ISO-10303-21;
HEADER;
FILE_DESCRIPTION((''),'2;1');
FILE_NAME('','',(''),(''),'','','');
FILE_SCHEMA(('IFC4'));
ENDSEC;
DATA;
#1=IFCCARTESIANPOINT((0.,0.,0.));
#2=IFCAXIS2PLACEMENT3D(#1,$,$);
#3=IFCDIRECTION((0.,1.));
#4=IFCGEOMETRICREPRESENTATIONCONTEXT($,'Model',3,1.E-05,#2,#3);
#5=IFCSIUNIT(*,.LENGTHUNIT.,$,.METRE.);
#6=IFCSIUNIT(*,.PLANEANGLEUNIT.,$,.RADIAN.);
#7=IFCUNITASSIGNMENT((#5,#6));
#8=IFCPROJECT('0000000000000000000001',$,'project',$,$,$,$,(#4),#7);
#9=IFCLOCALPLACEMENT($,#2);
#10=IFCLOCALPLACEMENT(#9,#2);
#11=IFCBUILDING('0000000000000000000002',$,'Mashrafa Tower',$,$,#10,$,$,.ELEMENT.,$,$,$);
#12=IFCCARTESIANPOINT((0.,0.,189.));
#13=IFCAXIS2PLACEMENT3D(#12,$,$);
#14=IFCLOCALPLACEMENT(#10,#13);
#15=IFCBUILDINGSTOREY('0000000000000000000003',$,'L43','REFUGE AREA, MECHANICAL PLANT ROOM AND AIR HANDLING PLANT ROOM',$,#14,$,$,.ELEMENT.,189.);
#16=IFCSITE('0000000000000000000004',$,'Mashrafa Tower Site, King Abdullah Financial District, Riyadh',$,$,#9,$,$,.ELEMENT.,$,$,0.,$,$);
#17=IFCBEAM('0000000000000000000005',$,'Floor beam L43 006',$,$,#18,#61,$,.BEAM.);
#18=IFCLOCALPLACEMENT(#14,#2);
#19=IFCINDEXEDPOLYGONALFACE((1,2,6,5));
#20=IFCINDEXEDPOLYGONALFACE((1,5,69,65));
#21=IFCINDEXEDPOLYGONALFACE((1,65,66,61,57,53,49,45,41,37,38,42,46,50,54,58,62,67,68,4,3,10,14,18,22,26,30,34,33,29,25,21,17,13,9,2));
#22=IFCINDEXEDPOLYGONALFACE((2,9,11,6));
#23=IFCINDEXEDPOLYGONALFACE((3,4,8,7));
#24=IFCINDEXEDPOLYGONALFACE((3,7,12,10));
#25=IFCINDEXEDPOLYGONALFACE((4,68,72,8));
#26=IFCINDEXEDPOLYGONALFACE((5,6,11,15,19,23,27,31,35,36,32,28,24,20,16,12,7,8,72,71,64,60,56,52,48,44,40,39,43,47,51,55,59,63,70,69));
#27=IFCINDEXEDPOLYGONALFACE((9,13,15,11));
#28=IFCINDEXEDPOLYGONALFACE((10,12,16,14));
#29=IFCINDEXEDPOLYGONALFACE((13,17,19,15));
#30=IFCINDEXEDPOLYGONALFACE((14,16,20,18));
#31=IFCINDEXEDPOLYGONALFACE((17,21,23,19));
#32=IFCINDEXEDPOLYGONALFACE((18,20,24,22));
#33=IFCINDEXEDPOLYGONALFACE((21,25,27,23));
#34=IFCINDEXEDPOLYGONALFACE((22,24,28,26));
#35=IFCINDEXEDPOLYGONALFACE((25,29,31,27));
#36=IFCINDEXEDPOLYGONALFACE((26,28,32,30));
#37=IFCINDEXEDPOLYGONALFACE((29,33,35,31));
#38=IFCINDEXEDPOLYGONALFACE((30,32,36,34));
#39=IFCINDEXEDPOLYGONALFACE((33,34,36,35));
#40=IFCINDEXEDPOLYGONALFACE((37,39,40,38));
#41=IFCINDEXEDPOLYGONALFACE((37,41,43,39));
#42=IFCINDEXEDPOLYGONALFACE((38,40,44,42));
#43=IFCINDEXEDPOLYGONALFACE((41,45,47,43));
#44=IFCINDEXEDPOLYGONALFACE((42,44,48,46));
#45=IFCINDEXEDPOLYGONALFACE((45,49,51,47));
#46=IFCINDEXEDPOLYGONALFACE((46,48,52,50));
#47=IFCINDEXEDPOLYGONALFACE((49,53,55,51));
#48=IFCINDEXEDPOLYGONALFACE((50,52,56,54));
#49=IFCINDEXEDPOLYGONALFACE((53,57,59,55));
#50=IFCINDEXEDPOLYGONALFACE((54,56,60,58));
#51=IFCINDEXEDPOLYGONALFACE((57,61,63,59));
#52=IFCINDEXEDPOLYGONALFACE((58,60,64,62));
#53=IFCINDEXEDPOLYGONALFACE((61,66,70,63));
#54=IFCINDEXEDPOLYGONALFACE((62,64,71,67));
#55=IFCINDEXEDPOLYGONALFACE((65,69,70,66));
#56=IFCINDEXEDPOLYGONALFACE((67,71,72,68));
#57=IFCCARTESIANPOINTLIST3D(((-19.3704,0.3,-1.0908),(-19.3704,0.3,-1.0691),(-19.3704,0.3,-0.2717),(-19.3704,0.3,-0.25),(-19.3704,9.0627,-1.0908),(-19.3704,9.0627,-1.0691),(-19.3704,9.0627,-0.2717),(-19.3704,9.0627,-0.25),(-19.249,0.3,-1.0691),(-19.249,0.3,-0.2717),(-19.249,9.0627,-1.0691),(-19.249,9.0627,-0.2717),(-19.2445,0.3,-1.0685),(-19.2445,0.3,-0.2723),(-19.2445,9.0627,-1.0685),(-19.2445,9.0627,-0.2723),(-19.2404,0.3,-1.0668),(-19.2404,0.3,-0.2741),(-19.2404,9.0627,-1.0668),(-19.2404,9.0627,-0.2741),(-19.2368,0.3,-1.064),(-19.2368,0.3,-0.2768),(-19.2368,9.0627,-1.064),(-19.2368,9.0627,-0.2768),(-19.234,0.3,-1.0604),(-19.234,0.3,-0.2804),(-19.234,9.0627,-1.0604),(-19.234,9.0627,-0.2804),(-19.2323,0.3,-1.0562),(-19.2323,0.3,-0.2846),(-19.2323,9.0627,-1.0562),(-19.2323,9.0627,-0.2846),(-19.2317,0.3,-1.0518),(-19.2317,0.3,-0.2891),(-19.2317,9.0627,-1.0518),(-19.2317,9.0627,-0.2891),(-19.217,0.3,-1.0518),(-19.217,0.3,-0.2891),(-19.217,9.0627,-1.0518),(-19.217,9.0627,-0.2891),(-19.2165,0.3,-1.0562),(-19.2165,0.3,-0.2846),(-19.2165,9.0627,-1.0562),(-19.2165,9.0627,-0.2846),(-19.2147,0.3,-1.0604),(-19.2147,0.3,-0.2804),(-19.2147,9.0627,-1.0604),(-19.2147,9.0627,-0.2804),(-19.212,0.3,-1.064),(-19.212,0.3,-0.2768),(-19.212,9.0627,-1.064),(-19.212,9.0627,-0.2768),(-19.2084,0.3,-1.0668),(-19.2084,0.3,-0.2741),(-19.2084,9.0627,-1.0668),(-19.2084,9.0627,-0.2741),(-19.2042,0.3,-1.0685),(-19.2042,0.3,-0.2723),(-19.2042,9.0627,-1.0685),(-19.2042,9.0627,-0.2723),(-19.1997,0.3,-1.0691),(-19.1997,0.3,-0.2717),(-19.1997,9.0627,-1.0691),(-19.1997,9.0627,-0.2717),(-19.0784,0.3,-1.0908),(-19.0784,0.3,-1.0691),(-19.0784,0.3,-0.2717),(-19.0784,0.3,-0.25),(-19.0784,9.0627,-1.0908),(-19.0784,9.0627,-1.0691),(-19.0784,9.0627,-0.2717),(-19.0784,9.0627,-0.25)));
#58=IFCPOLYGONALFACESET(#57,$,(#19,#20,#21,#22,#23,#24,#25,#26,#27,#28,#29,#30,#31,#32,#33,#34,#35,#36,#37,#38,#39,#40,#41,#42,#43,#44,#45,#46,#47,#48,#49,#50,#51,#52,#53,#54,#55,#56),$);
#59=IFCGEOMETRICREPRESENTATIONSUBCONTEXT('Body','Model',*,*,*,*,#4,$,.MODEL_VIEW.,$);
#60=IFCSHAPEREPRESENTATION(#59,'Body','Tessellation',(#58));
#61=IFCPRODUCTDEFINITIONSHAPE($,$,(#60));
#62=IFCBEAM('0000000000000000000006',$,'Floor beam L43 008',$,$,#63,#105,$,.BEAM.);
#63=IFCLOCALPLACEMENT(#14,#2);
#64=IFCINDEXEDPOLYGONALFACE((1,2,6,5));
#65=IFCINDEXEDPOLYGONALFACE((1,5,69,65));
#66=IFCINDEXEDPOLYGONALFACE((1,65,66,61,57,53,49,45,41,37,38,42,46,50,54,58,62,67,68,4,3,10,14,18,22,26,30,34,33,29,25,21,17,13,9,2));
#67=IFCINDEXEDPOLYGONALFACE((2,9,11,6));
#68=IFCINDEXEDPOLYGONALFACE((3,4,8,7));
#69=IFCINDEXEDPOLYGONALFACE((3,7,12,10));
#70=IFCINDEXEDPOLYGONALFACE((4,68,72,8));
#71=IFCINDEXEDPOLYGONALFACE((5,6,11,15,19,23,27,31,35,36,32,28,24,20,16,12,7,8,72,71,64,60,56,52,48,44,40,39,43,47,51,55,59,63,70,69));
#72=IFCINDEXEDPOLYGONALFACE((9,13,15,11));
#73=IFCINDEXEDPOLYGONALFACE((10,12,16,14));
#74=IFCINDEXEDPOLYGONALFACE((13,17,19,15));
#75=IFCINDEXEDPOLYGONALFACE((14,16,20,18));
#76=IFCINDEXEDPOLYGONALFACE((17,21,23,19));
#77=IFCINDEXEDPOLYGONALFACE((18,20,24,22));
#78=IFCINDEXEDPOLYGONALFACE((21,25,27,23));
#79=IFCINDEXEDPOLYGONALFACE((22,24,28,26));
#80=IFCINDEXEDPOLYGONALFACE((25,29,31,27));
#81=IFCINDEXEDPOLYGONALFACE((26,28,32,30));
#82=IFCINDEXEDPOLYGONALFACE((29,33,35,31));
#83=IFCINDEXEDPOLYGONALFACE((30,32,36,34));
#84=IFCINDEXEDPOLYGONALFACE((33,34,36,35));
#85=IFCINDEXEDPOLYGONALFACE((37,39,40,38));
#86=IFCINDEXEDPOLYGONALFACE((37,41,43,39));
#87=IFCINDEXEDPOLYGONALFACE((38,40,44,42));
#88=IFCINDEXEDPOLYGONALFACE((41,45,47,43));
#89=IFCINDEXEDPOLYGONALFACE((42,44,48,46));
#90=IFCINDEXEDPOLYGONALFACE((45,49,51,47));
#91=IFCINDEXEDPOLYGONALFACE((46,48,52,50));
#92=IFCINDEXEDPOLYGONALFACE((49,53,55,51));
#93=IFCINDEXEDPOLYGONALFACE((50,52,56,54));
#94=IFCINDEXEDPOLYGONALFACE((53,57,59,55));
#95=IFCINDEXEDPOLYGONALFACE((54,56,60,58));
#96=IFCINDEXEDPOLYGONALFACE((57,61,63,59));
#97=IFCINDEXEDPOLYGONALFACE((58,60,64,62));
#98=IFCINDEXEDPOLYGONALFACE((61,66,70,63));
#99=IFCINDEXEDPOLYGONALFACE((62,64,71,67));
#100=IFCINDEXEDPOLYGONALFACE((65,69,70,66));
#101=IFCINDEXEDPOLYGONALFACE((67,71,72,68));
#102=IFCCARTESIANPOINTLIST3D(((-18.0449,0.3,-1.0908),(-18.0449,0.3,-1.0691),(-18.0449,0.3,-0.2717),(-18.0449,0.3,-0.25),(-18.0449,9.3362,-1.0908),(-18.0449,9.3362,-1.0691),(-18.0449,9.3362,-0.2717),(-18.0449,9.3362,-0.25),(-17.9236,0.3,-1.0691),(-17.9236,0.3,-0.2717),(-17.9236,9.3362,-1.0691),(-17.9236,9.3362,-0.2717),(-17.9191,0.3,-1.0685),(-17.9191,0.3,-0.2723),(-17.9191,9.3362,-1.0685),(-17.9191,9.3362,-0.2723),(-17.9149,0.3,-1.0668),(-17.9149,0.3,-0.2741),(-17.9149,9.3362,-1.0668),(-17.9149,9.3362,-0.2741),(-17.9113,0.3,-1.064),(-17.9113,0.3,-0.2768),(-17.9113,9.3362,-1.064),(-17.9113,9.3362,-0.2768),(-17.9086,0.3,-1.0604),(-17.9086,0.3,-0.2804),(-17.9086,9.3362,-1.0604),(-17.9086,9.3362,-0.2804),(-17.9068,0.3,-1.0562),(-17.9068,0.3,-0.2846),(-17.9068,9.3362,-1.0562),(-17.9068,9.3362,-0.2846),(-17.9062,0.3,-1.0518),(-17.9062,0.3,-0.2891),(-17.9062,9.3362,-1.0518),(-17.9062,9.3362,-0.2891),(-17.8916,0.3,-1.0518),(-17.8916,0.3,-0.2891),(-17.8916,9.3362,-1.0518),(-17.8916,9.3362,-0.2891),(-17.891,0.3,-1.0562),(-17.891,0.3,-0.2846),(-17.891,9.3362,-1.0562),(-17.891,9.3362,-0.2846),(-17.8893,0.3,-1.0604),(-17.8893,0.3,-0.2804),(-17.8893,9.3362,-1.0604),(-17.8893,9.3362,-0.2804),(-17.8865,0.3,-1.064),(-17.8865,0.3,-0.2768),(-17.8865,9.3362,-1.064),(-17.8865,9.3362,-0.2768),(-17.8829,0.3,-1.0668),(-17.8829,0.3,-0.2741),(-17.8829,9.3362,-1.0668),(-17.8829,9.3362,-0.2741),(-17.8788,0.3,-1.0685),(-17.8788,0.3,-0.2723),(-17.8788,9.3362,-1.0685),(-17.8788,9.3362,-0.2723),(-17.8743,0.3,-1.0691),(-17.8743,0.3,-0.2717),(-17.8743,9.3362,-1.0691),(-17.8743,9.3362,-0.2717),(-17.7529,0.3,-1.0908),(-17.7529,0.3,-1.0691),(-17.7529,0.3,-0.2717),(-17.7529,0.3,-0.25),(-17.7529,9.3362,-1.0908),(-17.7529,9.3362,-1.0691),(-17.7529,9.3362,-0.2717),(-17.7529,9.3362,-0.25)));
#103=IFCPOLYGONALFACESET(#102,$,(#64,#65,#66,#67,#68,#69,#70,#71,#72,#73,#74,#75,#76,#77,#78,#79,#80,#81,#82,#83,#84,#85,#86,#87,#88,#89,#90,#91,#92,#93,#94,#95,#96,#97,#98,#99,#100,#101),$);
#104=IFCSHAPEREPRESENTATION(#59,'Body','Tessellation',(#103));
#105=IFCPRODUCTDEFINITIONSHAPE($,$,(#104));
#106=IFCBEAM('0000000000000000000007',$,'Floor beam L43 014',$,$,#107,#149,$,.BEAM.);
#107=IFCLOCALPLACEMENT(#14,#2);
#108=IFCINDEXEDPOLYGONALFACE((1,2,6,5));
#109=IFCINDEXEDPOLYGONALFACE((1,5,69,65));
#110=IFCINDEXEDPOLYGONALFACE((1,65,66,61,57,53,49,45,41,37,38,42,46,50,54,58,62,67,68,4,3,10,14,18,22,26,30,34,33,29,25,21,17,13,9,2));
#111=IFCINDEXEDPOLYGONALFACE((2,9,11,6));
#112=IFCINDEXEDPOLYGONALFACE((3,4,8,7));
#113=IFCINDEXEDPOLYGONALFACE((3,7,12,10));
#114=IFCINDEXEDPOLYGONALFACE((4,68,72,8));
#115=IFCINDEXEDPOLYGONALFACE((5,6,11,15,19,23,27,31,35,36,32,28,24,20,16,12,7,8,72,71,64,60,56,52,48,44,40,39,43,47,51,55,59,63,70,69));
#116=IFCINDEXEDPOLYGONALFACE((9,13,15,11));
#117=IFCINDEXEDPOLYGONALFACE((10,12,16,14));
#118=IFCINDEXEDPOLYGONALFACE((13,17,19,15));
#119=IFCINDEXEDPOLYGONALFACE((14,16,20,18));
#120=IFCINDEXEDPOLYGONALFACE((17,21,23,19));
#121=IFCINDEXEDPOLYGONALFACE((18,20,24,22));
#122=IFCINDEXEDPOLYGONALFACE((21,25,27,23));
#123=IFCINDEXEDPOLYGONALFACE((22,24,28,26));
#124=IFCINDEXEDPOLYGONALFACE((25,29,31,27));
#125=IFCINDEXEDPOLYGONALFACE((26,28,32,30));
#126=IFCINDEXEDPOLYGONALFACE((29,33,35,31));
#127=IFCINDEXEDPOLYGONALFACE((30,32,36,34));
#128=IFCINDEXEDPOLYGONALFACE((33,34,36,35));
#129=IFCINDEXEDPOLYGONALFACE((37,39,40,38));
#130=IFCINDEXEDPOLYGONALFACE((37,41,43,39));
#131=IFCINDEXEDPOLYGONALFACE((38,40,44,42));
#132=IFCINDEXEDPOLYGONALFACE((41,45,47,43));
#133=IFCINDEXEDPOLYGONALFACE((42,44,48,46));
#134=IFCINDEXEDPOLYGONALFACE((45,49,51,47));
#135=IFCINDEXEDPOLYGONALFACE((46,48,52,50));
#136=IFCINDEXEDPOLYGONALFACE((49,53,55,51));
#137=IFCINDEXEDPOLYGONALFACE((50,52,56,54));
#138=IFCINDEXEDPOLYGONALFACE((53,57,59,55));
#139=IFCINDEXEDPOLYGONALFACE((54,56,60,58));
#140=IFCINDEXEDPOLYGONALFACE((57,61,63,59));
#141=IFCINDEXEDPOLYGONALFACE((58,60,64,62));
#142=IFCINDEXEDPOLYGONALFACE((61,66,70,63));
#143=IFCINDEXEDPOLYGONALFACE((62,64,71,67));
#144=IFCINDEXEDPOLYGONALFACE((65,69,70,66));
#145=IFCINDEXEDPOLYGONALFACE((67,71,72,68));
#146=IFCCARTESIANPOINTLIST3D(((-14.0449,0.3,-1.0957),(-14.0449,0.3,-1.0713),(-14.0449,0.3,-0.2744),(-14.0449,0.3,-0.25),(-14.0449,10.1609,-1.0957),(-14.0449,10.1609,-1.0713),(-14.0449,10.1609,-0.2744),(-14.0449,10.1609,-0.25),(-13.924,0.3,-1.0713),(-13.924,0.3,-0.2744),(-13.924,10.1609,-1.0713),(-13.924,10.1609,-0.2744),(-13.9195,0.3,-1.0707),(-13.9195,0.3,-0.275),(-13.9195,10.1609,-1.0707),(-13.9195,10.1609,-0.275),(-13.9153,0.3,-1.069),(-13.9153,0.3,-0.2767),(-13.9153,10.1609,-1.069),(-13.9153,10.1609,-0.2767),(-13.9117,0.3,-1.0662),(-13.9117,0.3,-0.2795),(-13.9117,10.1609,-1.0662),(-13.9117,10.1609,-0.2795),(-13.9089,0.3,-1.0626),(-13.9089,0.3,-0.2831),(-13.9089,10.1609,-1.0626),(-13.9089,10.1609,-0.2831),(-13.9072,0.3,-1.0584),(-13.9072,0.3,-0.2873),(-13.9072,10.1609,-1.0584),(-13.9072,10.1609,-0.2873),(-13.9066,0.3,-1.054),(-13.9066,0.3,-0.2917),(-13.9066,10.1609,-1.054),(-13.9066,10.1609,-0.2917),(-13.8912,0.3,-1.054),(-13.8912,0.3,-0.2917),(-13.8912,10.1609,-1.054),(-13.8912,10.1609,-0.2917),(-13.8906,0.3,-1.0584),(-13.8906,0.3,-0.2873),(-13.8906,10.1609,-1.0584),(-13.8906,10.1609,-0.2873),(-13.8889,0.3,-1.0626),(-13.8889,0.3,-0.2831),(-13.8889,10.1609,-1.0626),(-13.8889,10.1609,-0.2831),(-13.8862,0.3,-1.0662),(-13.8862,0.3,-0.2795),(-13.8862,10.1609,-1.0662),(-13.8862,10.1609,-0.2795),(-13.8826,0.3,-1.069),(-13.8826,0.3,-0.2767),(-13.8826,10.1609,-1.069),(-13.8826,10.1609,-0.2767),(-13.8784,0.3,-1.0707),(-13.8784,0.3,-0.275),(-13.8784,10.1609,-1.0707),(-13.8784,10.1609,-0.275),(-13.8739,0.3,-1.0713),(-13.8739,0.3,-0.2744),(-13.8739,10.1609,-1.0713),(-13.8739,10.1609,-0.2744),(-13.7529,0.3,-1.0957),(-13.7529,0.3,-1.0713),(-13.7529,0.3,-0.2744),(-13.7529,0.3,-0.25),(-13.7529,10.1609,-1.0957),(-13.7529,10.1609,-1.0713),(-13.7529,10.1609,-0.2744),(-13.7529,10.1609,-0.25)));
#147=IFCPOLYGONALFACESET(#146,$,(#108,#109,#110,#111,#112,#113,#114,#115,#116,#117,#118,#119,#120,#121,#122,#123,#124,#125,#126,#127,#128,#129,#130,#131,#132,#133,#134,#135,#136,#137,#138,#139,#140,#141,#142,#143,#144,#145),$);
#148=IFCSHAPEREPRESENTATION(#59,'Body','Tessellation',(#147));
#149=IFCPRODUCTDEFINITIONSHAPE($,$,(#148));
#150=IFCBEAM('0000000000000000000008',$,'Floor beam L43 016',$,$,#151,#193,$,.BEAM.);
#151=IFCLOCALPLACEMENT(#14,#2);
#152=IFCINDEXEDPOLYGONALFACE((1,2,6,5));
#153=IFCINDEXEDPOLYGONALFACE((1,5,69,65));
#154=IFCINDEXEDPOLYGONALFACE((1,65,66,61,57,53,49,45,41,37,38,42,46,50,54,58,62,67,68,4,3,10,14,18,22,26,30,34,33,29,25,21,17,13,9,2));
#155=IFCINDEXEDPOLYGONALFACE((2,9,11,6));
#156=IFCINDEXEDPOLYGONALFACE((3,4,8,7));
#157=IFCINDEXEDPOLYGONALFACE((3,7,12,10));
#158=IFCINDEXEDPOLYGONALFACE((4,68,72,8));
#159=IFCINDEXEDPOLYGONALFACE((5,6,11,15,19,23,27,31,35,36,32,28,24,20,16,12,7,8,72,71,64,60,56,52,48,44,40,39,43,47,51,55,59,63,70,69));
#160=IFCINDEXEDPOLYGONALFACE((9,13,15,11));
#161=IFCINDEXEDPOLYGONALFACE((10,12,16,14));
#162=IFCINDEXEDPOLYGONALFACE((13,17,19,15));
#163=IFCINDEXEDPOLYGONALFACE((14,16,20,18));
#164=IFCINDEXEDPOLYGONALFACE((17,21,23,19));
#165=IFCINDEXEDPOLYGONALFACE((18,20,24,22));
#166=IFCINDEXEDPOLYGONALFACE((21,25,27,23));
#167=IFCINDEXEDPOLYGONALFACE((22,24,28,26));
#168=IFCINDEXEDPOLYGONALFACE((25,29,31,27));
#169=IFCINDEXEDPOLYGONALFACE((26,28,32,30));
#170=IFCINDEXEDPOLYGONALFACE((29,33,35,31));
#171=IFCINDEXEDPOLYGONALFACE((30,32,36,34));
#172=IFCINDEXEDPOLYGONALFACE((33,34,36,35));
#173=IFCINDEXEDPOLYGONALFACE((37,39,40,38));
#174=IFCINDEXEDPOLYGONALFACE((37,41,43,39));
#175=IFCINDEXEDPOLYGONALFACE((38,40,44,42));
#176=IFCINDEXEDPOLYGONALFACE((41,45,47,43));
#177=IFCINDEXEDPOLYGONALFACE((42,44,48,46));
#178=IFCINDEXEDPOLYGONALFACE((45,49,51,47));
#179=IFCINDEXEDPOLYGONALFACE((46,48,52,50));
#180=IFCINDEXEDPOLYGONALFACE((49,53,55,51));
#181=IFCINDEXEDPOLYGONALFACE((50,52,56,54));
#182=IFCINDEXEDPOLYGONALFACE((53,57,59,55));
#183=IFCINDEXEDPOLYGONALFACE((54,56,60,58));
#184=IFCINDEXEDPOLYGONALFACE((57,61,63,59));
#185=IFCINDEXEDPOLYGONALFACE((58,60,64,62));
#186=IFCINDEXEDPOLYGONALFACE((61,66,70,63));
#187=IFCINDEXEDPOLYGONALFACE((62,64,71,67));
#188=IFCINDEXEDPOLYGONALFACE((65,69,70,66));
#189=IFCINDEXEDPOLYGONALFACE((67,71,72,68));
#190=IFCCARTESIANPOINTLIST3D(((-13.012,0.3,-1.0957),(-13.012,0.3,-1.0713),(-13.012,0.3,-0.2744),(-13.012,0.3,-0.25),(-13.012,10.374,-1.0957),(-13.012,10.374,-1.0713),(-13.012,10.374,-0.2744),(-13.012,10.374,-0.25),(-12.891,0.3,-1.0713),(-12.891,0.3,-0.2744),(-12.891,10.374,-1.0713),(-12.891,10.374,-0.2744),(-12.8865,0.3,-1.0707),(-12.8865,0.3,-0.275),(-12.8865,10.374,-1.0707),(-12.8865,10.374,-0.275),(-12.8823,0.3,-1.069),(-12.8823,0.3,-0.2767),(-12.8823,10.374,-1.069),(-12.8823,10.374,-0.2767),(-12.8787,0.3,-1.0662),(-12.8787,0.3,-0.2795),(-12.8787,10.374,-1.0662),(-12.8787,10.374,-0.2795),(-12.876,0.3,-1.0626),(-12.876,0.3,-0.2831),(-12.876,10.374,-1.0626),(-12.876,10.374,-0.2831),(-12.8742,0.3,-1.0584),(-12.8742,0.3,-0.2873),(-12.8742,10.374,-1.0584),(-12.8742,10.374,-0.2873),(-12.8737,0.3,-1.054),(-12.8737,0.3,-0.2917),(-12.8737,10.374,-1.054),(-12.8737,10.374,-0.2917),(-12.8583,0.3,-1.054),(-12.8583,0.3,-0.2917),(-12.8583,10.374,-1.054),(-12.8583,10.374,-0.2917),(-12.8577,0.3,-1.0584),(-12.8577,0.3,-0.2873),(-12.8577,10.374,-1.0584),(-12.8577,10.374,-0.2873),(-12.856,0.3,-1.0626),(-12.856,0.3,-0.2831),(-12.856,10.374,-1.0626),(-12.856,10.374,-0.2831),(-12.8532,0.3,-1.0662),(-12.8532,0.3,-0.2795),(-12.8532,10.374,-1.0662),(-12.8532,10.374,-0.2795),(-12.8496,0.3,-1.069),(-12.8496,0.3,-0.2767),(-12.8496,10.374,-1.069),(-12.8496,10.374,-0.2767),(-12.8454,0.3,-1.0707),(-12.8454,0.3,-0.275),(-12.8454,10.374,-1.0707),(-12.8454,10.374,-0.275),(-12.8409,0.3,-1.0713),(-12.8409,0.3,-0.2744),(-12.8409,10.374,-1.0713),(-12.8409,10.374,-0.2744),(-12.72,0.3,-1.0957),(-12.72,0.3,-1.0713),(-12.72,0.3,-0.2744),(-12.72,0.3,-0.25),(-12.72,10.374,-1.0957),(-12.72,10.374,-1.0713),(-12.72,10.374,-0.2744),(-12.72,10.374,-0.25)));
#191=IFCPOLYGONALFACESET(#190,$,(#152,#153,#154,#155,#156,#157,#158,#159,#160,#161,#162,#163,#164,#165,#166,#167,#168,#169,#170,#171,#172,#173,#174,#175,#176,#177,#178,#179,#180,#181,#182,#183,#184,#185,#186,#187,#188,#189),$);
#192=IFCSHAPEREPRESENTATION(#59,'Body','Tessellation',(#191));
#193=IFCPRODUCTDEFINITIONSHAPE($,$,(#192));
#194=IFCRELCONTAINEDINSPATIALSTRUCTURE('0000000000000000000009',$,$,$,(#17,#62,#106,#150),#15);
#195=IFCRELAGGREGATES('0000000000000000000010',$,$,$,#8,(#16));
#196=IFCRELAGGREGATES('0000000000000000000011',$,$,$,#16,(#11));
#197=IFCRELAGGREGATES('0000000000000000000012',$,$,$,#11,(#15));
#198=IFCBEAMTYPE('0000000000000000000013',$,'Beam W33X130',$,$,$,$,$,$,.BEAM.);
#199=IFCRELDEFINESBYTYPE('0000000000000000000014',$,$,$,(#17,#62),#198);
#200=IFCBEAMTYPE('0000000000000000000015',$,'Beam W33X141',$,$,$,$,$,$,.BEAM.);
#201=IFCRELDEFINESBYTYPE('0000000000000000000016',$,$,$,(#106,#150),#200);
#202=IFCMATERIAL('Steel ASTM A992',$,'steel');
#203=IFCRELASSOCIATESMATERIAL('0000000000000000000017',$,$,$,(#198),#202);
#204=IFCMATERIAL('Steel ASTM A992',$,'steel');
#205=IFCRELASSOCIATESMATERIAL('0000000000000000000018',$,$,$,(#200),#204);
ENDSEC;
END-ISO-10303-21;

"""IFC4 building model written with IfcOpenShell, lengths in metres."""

from ifc_helpers import new_model, si_unit, direction, frame, origin, origin_2d, place, context, subcontext, project, spatial, i_section, extrude, material, material_profile, profile_set, type_object, element, save


model = new_model("IFC4")

# Units and contexts
model_context = context("Model", 3, precision=1e-05, world=origin(), true_north=direction((0.0, 1.0)))
body_context = subcontext(model_context, "Body", "Model", "MODEL_VIEW")
ifc_project = project(units=[si_unit("LENGTHUNIT", "METRE"), si_unit("PLANEANGLEUNIT", "RADIAN")], contexts=[model_context])

# Site, building, storey
site_placement = place(None, origin())
site = spatial("IfcSite", under=ifc_project, at=site_placement, Name="Mashrafa Tower Site, King Abdullah Financial District, Riyadh", CompositionType="ELEMENT", RefElevation=0.0)
building_placement = place(site_placement, origin())
building = spatial("IfcBuilding", under=site, at=building_placement, Name="Mashrafa Tower", CompositionType="ELEMENT")
storey_placement = place(building_placement, frame((0.0, 0.0, 189.0)))
storey = spatial("IfcBuildingStorey", under=building, at=storey_placement, Name="L43", Description="REFUGE AREA, MECHANICAL PLANT ROOM AND AIR HANDLING PLANT ROOM", CompositionType="ELEMENT", Elevation=189.0)

# Beams
ifc_material_1 = material(Name="Steel ASTM A992", Category="steel")
ifc_material_profile_1 = material_profile(ifc_material_1, i_section(OverallWidth=0.292, OverallDepth=0.8408, WebThickness=0.0146, FlangeThickness=0.0217, FilletRadius=0.0173, at=origin_2d()), Name="W33X130")
ifc_profile_set_1 = profile_set([ifc_material_profile_1], Name="Steel ASTM A992")
beam_type_1 = type_object("IfcBeamType", Name="Beam W33X130", PredefinedType="BEAM", material=ifc_profile_set_1)
beam_1_placement = place(storey_placement, frame((-19.2244, 0.3, -0.6704), z_axis=(0.0, 1.0, 0.0), x_axis=(-1.0, 0.0, 0.0)))
element("IfcBeam", 1, at=beam_1_placement, inside=storey, type_object=beam_type_1, Name="Floor beam L43 006", PredefinedType="BEAM", context=body_context, shape_type="SweptSolid", body=[
    extrude(i_section(OverallWidth=0.292, OverallDepth=0.8408, WebThickness=0.0146, FlangeThickness=0.0217, FilletRadius=0.0173, at=origin_2d()), origin(), (0.0, 0.0, 1.0), 8.7627),
])
beam_2_placement = place(storey_placement, frame((-17.8989, 0.3, -0.6704), z_axis=(0.0, 1.0, 0.0), x_axis=(-1.0, 0.0, 0.0)))
element("IfcBeam", 2, at=beam_2_placement, inside=storey, type_object=beam_type_1, Name="Floor beam L43 008", PredefinedType="BEAM", context=body_context, shape_type="SweptSolid", body=[
    extrude(i_section(OverallWidth=0.292, OverallDepth=0.8408, WebThickness=0.0146, FlangeThickness=0.0217, FilletRadius=0.0173, at=origin_2d()), origin(), (0.0, 0.0, 1.0), 9.0361),
])
ifc_material_2 = material(Name="Steel ASTM A992", Category="steel")
ifc_material_profile_2 = material_profile(ifc_material_2, i_section(OverallWidth=0.292, OverallDepth=0.8457, WebThickness=0.0154, FlangeThickness=0.0244, FilletRadius=0.0173, at=origin_2d()), Name="W33X141")
ifc_profile_set_2 = profile_set([ifc_material_profile_2], Name="Steel ASTM A992")
beam_type_2 = type_object("IfcBeamType", Name="Beam W33X141", PredefinedType="BEAM", material=ifc_profile_set_2)
beam_3_placement = place(storey_placement, frame((-13.8989, 0.3, -0.6729), z_axis=(0.0, 1.0, 0.0), x_axis=(-1.0, 0.0, 0.0)))
element("IfcBeam", 3, at=beam_3_placement, inside=storey, type_object=beam_type_2, Name="Floor beam L43 014", PredefinedType="BEAM", context=body_context, shape_type="SweptSolid", body=[
    extrude(i_section(OverallWidth=0.292, OverallDepth=0.8457, WebThickness=0.0154, FlangeThickness=0.0244, FilletRadius=0.0173, at=origin_2d()), origin(), (0.0, 0.0, 1.0), 9.8608),
])
beam_4_placement = place(storey_placement, frame((-12.866, 0.3, -0.6729), z_axis=(0.0, 1.0, 0.0), x_axis=(-1.0, 0.0, 0.0)))
element("IfcBeam", 4, at=beam_4_placement, inside=storey, type_object=beam_type_2, Name="Floor beam L43 016", PredefinedType="BEAM", context=body_context, shape_type="SweptSolid", body=[
    extrude(i_section(OverallWidth=0.292, OverallDepth=0.8457, WebThickness=0.0154, FlangeThickness=0.0244, FilletRadius=0.0173, at=origin_2d()), origin(), (0.0, 0.0, 1.0), 10.074),
])

save(model, "model.ifc")
